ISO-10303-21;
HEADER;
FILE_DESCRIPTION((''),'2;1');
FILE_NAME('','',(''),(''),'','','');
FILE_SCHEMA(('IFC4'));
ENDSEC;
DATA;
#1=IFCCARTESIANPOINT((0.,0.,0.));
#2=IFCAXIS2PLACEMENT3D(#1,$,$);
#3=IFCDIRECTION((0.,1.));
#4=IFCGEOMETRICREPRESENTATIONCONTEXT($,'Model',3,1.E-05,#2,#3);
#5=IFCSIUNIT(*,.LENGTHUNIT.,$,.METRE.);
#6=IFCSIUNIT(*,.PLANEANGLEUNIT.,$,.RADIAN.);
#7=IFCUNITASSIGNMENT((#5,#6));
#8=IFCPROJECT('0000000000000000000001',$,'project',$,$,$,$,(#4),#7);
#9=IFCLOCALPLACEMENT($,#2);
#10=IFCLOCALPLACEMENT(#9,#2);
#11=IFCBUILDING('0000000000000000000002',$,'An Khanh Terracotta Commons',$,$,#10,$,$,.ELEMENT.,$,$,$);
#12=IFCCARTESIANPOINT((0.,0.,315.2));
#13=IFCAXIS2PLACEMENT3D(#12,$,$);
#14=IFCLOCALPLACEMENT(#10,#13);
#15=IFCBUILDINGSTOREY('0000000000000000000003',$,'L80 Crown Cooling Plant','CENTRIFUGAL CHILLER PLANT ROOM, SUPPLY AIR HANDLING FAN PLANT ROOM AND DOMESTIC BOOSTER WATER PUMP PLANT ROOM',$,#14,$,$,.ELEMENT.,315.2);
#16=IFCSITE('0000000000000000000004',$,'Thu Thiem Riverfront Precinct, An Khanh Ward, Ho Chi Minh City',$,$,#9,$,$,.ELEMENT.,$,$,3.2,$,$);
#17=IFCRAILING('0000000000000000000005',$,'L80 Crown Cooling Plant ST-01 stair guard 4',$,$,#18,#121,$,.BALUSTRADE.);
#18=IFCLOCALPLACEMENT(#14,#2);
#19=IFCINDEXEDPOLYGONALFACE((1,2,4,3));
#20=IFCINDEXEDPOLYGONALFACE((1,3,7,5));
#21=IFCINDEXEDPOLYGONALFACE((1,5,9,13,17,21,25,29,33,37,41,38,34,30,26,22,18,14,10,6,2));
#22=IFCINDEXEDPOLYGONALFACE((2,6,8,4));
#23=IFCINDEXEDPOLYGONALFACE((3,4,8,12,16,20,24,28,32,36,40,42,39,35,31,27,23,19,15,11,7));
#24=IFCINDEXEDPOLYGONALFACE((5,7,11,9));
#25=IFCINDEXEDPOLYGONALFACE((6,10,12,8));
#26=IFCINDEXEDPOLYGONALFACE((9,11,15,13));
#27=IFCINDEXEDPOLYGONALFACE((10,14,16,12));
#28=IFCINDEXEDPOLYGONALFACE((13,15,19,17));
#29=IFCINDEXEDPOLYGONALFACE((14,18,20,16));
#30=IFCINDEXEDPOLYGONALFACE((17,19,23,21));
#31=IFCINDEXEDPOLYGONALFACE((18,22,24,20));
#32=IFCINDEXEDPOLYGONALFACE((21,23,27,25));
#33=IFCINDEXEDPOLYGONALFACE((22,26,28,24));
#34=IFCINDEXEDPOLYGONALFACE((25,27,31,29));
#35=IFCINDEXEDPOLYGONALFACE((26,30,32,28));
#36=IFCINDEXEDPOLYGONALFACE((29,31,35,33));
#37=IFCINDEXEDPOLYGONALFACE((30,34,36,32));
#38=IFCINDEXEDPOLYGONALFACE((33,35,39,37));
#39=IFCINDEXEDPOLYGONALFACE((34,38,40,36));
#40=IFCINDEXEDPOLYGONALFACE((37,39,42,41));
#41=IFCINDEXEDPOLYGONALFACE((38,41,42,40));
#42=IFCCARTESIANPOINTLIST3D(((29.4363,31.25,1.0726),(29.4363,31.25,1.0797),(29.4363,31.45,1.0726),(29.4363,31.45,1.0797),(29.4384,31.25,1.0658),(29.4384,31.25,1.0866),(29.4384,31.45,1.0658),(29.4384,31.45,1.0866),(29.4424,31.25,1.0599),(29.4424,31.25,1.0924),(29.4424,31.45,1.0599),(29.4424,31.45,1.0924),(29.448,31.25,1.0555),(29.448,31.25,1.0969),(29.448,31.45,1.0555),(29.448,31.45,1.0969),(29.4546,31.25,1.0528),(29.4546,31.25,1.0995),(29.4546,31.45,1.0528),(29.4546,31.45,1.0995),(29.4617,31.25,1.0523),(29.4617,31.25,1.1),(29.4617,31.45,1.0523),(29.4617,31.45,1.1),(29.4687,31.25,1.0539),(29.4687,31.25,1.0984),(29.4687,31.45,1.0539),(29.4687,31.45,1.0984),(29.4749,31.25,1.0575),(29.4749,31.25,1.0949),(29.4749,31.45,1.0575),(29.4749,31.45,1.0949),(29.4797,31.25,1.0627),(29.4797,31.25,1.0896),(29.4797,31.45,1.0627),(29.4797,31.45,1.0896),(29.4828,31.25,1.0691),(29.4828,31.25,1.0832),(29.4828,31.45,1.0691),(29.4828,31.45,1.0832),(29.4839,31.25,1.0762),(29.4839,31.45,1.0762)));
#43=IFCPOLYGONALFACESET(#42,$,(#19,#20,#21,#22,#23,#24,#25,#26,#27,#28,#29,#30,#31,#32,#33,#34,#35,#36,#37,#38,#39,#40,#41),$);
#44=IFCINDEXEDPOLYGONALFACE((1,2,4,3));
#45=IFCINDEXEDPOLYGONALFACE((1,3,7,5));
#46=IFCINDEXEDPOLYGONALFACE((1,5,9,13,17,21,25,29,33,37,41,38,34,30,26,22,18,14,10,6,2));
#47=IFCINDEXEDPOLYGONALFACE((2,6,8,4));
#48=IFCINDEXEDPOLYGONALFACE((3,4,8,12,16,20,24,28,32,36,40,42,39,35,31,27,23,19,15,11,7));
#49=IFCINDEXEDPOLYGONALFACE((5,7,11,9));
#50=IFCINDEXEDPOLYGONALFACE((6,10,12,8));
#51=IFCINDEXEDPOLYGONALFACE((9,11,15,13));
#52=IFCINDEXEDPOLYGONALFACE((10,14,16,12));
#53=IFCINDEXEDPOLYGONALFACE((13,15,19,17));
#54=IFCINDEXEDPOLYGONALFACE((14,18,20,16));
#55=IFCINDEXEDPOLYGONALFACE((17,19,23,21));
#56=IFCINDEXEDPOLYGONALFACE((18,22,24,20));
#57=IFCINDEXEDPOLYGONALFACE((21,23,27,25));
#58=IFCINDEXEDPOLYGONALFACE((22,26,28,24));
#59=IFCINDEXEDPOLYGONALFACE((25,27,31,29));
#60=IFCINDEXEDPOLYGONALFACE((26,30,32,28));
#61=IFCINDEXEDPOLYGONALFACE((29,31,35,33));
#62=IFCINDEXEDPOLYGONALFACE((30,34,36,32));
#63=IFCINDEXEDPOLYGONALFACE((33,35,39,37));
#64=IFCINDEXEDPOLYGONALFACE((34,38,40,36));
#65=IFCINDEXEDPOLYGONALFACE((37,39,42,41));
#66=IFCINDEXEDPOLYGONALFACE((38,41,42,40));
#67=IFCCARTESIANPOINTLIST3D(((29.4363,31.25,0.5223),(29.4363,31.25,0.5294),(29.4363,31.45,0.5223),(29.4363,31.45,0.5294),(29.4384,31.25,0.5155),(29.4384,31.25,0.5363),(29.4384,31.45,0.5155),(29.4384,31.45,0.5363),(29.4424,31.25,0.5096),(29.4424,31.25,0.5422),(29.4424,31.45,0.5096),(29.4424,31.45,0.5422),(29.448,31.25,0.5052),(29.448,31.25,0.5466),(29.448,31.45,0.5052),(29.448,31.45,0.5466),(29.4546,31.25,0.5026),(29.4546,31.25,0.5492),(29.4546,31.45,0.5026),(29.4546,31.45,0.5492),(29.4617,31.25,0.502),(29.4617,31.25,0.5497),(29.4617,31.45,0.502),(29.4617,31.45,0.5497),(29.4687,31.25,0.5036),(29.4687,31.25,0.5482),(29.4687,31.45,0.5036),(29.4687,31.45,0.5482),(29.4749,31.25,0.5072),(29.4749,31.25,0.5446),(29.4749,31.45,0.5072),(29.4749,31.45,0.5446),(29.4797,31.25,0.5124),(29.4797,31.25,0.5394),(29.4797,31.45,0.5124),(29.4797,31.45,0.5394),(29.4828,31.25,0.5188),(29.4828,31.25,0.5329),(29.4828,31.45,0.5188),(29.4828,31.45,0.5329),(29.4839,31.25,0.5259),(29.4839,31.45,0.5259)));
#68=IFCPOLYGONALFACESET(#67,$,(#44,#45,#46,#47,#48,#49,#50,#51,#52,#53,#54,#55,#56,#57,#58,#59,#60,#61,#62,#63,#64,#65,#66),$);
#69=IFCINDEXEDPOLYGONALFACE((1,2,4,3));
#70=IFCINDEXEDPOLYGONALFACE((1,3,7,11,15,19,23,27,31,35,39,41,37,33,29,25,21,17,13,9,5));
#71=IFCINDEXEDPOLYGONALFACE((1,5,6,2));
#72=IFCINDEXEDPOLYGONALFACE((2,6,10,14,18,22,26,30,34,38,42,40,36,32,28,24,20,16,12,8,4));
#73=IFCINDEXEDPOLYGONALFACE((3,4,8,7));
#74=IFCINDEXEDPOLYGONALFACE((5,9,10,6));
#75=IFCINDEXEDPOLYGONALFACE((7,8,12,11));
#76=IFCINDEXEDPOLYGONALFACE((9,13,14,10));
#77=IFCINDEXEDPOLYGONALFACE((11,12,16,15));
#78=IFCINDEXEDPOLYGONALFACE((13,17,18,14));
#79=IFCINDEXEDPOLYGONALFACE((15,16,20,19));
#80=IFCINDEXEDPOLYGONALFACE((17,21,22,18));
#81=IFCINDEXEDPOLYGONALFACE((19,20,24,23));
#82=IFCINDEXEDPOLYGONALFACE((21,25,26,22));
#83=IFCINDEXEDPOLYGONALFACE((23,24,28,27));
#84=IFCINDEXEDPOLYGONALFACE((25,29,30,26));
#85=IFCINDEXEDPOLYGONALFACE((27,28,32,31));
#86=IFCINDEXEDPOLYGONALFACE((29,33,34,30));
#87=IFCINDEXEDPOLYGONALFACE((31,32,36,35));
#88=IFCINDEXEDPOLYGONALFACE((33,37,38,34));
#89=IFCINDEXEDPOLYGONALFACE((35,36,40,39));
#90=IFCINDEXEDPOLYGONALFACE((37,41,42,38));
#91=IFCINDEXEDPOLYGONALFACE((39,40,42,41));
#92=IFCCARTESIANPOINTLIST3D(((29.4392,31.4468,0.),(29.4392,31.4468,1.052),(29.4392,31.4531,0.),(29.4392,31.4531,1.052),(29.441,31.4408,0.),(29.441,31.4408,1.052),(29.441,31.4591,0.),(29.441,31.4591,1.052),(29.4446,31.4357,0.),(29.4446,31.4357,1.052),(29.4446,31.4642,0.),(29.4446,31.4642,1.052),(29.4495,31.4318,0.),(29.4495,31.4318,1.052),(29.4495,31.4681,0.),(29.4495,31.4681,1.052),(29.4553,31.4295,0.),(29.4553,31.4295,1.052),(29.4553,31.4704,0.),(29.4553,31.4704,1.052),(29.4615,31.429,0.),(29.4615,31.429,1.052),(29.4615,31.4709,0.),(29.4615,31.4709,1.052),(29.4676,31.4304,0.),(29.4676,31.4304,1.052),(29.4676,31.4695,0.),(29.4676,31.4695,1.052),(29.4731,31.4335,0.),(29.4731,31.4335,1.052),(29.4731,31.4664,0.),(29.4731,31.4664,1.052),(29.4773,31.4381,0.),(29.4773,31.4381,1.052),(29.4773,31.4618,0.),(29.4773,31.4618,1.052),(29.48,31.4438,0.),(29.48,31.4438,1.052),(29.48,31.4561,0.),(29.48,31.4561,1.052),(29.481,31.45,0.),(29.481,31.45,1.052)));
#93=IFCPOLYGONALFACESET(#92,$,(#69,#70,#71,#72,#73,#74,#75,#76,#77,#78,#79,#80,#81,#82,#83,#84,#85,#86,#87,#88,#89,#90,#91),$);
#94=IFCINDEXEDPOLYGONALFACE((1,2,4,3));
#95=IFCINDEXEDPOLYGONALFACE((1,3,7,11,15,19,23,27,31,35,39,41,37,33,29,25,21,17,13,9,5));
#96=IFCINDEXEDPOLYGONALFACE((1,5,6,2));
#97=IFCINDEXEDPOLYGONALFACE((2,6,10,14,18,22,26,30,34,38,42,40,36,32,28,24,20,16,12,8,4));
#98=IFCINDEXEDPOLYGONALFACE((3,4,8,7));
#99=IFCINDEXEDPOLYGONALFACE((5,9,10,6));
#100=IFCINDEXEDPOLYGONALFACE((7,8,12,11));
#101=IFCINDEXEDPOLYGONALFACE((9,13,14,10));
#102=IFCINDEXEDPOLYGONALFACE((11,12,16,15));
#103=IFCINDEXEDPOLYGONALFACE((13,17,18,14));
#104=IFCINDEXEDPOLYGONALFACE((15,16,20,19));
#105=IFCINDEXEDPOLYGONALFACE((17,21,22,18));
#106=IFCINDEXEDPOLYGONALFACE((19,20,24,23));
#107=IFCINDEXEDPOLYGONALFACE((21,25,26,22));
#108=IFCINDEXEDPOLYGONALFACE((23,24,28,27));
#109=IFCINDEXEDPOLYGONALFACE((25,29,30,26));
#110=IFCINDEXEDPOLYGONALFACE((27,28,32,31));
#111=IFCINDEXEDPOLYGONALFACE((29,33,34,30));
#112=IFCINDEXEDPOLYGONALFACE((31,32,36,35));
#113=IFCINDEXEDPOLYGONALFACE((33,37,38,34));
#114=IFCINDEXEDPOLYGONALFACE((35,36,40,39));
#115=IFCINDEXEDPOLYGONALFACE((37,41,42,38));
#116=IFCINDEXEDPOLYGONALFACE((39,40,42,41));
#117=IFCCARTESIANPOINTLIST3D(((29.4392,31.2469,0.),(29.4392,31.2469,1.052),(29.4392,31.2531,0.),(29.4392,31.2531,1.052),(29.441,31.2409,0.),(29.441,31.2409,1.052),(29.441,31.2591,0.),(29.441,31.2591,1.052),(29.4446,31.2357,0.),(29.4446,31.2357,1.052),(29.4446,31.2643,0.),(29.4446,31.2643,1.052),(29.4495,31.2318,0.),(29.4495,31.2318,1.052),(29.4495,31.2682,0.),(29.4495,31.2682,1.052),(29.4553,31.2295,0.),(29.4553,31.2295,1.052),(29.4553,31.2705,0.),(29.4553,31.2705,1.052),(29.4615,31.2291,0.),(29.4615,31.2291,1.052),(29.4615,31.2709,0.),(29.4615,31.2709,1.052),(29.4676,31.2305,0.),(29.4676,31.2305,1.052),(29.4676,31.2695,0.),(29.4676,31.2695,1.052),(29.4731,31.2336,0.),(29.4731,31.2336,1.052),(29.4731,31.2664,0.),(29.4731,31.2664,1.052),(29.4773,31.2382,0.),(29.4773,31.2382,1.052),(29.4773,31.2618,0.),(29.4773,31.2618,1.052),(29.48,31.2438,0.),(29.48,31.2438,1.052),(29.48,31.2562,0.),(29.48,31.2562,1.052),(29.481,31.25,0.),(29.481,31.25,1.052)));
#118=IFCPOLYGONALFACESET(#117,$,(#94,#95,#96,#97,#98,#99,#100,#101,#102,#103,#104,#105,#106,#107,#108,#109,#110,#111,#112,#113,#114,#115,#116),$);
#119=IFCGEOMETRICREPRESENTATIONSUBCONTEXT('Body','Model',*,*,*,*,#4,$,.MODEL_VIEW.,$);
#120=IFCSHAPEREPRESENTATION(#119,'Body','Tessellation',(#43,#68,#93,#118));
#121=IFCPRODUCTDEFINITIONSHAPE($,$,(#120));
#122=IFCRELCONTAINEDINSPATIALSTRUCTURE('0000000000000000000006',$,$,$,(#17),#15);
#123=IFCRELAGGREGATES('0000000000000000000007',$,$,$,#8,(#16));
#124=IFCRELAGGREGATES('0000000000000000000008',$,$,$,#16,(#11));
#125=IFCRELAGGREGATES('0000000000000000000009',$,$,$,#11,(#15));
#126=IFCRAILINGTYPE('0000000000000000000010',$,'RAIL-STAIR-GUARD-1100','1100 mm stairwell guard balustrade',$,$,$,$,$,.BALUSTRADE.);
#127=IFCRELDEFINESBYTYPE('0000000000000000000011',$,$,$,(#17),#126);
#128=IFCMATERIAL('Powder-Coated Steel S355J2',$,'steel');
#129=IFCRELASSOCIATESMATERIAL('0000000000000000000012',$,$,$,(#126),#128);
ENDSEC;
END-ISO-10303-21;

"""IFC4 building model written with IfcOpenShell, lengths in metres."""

from ifc_helpers import new_model, si_unit, direction, frame, origin, origin_2d, place, context, subcontext, project, spatial, circle, extrude, material, type_object, element, save


model = new_model("IFC4")

# Units and contexts
model_context = context("Model", 3, precision=1e-05, world=origin(), true_north=direction((0.0, 1.0)))
body_context = subcontext(model_context, "Body", "Model", "MODEL_VIEW")
ifc_project = project(units=[si_unit("LENGTHUNIT", "METRE"), si_unit("PLANEANGLEUNIT", "RADIAN")], contexts=[model_context])

# Site, building, storey
site_placement = place(None, origin())
site = spatial("IfcSite", under=ifc_project, at=site_placement, Name="Thu Thiem Riverfront Precinct, An Khanh Ward, Ho Chi Minh City", CompositionType="ELEMENT", RefElevation=3.2)
building_placement = place(site_placement, origin())
building = spatial("IfcBuilding", under=site, at=building_placement, Name="An Khanh Terracotta Commons", CompositionType="ELEMENT")
storey_placement = place(building_placement, frame((0.0, 0.0, 315.2)))
storey = spatial("IfcBuildingStorey", under=building, at=storey_placement, Name="L80 Crown Cooling Plant", Description="CENTRIFUGAL CHILLER PLANT ROOM, SUPPLY AIR HANDLING FAN PLANT ROOM AND DOMESTIC BOOSTER WATER PUMP PLANT ROOM", CompositionType="ELEMENT", Elevation=315.2)

# Railing
ifc_material_1 = material(Name="Powder-Coated Steel S355J2", Category="steel")
railing_type_1 = type_object("IfcRailingType", Name="RAIL-STAIR-GUARD-1100", Description="1100 mm stairwell guard balustrade", PredefinedType="BALUSTRADE", material=ifc_material_1)
railing_1_placement = place(storey_placement, frame((29.46, 31.45, 0.0)))
element("IfcRailing", 1, at=railing_1_placement, inside=storey, type_object=railing_type_1, Name="L80 Crown Cooling Plant ST-01 stair guard 4", PredefinedType="BALUSTRADE", context=body_context, shape_type="SweptSolid", body=[
    extrude(circle(Radius=0.0239, at=origin_2d()), frame((0.0, 0.0, 1.0762), z_axis=(0.0, -1.0, 0.0), x_axis=(1.0, 0.0, 0.0)), (0.0, 0.0, 1.0), 0.2),
    extrude(circle(Radius=0.0239, at=origin_2d()), frame((0.0, 0.0, 0.5259), z_axis=(0.0, -1.0, 0.0), x_axis=(1.0, 0.0, 0.0)), (0.0, 0.0, 1.0), 0.2),
    extrude(circle(Radius=0.021, at=origin_2d()), origin(), (0.0, 0.0, 1.0), 1.052),
    extrude(circle(Radius=0.021, at=origin_2d()), frame((0.0, -0.2, 0.0)), (0.0, 0.0, 1.0), 1.052),
])

save(model, "model.ifc")
